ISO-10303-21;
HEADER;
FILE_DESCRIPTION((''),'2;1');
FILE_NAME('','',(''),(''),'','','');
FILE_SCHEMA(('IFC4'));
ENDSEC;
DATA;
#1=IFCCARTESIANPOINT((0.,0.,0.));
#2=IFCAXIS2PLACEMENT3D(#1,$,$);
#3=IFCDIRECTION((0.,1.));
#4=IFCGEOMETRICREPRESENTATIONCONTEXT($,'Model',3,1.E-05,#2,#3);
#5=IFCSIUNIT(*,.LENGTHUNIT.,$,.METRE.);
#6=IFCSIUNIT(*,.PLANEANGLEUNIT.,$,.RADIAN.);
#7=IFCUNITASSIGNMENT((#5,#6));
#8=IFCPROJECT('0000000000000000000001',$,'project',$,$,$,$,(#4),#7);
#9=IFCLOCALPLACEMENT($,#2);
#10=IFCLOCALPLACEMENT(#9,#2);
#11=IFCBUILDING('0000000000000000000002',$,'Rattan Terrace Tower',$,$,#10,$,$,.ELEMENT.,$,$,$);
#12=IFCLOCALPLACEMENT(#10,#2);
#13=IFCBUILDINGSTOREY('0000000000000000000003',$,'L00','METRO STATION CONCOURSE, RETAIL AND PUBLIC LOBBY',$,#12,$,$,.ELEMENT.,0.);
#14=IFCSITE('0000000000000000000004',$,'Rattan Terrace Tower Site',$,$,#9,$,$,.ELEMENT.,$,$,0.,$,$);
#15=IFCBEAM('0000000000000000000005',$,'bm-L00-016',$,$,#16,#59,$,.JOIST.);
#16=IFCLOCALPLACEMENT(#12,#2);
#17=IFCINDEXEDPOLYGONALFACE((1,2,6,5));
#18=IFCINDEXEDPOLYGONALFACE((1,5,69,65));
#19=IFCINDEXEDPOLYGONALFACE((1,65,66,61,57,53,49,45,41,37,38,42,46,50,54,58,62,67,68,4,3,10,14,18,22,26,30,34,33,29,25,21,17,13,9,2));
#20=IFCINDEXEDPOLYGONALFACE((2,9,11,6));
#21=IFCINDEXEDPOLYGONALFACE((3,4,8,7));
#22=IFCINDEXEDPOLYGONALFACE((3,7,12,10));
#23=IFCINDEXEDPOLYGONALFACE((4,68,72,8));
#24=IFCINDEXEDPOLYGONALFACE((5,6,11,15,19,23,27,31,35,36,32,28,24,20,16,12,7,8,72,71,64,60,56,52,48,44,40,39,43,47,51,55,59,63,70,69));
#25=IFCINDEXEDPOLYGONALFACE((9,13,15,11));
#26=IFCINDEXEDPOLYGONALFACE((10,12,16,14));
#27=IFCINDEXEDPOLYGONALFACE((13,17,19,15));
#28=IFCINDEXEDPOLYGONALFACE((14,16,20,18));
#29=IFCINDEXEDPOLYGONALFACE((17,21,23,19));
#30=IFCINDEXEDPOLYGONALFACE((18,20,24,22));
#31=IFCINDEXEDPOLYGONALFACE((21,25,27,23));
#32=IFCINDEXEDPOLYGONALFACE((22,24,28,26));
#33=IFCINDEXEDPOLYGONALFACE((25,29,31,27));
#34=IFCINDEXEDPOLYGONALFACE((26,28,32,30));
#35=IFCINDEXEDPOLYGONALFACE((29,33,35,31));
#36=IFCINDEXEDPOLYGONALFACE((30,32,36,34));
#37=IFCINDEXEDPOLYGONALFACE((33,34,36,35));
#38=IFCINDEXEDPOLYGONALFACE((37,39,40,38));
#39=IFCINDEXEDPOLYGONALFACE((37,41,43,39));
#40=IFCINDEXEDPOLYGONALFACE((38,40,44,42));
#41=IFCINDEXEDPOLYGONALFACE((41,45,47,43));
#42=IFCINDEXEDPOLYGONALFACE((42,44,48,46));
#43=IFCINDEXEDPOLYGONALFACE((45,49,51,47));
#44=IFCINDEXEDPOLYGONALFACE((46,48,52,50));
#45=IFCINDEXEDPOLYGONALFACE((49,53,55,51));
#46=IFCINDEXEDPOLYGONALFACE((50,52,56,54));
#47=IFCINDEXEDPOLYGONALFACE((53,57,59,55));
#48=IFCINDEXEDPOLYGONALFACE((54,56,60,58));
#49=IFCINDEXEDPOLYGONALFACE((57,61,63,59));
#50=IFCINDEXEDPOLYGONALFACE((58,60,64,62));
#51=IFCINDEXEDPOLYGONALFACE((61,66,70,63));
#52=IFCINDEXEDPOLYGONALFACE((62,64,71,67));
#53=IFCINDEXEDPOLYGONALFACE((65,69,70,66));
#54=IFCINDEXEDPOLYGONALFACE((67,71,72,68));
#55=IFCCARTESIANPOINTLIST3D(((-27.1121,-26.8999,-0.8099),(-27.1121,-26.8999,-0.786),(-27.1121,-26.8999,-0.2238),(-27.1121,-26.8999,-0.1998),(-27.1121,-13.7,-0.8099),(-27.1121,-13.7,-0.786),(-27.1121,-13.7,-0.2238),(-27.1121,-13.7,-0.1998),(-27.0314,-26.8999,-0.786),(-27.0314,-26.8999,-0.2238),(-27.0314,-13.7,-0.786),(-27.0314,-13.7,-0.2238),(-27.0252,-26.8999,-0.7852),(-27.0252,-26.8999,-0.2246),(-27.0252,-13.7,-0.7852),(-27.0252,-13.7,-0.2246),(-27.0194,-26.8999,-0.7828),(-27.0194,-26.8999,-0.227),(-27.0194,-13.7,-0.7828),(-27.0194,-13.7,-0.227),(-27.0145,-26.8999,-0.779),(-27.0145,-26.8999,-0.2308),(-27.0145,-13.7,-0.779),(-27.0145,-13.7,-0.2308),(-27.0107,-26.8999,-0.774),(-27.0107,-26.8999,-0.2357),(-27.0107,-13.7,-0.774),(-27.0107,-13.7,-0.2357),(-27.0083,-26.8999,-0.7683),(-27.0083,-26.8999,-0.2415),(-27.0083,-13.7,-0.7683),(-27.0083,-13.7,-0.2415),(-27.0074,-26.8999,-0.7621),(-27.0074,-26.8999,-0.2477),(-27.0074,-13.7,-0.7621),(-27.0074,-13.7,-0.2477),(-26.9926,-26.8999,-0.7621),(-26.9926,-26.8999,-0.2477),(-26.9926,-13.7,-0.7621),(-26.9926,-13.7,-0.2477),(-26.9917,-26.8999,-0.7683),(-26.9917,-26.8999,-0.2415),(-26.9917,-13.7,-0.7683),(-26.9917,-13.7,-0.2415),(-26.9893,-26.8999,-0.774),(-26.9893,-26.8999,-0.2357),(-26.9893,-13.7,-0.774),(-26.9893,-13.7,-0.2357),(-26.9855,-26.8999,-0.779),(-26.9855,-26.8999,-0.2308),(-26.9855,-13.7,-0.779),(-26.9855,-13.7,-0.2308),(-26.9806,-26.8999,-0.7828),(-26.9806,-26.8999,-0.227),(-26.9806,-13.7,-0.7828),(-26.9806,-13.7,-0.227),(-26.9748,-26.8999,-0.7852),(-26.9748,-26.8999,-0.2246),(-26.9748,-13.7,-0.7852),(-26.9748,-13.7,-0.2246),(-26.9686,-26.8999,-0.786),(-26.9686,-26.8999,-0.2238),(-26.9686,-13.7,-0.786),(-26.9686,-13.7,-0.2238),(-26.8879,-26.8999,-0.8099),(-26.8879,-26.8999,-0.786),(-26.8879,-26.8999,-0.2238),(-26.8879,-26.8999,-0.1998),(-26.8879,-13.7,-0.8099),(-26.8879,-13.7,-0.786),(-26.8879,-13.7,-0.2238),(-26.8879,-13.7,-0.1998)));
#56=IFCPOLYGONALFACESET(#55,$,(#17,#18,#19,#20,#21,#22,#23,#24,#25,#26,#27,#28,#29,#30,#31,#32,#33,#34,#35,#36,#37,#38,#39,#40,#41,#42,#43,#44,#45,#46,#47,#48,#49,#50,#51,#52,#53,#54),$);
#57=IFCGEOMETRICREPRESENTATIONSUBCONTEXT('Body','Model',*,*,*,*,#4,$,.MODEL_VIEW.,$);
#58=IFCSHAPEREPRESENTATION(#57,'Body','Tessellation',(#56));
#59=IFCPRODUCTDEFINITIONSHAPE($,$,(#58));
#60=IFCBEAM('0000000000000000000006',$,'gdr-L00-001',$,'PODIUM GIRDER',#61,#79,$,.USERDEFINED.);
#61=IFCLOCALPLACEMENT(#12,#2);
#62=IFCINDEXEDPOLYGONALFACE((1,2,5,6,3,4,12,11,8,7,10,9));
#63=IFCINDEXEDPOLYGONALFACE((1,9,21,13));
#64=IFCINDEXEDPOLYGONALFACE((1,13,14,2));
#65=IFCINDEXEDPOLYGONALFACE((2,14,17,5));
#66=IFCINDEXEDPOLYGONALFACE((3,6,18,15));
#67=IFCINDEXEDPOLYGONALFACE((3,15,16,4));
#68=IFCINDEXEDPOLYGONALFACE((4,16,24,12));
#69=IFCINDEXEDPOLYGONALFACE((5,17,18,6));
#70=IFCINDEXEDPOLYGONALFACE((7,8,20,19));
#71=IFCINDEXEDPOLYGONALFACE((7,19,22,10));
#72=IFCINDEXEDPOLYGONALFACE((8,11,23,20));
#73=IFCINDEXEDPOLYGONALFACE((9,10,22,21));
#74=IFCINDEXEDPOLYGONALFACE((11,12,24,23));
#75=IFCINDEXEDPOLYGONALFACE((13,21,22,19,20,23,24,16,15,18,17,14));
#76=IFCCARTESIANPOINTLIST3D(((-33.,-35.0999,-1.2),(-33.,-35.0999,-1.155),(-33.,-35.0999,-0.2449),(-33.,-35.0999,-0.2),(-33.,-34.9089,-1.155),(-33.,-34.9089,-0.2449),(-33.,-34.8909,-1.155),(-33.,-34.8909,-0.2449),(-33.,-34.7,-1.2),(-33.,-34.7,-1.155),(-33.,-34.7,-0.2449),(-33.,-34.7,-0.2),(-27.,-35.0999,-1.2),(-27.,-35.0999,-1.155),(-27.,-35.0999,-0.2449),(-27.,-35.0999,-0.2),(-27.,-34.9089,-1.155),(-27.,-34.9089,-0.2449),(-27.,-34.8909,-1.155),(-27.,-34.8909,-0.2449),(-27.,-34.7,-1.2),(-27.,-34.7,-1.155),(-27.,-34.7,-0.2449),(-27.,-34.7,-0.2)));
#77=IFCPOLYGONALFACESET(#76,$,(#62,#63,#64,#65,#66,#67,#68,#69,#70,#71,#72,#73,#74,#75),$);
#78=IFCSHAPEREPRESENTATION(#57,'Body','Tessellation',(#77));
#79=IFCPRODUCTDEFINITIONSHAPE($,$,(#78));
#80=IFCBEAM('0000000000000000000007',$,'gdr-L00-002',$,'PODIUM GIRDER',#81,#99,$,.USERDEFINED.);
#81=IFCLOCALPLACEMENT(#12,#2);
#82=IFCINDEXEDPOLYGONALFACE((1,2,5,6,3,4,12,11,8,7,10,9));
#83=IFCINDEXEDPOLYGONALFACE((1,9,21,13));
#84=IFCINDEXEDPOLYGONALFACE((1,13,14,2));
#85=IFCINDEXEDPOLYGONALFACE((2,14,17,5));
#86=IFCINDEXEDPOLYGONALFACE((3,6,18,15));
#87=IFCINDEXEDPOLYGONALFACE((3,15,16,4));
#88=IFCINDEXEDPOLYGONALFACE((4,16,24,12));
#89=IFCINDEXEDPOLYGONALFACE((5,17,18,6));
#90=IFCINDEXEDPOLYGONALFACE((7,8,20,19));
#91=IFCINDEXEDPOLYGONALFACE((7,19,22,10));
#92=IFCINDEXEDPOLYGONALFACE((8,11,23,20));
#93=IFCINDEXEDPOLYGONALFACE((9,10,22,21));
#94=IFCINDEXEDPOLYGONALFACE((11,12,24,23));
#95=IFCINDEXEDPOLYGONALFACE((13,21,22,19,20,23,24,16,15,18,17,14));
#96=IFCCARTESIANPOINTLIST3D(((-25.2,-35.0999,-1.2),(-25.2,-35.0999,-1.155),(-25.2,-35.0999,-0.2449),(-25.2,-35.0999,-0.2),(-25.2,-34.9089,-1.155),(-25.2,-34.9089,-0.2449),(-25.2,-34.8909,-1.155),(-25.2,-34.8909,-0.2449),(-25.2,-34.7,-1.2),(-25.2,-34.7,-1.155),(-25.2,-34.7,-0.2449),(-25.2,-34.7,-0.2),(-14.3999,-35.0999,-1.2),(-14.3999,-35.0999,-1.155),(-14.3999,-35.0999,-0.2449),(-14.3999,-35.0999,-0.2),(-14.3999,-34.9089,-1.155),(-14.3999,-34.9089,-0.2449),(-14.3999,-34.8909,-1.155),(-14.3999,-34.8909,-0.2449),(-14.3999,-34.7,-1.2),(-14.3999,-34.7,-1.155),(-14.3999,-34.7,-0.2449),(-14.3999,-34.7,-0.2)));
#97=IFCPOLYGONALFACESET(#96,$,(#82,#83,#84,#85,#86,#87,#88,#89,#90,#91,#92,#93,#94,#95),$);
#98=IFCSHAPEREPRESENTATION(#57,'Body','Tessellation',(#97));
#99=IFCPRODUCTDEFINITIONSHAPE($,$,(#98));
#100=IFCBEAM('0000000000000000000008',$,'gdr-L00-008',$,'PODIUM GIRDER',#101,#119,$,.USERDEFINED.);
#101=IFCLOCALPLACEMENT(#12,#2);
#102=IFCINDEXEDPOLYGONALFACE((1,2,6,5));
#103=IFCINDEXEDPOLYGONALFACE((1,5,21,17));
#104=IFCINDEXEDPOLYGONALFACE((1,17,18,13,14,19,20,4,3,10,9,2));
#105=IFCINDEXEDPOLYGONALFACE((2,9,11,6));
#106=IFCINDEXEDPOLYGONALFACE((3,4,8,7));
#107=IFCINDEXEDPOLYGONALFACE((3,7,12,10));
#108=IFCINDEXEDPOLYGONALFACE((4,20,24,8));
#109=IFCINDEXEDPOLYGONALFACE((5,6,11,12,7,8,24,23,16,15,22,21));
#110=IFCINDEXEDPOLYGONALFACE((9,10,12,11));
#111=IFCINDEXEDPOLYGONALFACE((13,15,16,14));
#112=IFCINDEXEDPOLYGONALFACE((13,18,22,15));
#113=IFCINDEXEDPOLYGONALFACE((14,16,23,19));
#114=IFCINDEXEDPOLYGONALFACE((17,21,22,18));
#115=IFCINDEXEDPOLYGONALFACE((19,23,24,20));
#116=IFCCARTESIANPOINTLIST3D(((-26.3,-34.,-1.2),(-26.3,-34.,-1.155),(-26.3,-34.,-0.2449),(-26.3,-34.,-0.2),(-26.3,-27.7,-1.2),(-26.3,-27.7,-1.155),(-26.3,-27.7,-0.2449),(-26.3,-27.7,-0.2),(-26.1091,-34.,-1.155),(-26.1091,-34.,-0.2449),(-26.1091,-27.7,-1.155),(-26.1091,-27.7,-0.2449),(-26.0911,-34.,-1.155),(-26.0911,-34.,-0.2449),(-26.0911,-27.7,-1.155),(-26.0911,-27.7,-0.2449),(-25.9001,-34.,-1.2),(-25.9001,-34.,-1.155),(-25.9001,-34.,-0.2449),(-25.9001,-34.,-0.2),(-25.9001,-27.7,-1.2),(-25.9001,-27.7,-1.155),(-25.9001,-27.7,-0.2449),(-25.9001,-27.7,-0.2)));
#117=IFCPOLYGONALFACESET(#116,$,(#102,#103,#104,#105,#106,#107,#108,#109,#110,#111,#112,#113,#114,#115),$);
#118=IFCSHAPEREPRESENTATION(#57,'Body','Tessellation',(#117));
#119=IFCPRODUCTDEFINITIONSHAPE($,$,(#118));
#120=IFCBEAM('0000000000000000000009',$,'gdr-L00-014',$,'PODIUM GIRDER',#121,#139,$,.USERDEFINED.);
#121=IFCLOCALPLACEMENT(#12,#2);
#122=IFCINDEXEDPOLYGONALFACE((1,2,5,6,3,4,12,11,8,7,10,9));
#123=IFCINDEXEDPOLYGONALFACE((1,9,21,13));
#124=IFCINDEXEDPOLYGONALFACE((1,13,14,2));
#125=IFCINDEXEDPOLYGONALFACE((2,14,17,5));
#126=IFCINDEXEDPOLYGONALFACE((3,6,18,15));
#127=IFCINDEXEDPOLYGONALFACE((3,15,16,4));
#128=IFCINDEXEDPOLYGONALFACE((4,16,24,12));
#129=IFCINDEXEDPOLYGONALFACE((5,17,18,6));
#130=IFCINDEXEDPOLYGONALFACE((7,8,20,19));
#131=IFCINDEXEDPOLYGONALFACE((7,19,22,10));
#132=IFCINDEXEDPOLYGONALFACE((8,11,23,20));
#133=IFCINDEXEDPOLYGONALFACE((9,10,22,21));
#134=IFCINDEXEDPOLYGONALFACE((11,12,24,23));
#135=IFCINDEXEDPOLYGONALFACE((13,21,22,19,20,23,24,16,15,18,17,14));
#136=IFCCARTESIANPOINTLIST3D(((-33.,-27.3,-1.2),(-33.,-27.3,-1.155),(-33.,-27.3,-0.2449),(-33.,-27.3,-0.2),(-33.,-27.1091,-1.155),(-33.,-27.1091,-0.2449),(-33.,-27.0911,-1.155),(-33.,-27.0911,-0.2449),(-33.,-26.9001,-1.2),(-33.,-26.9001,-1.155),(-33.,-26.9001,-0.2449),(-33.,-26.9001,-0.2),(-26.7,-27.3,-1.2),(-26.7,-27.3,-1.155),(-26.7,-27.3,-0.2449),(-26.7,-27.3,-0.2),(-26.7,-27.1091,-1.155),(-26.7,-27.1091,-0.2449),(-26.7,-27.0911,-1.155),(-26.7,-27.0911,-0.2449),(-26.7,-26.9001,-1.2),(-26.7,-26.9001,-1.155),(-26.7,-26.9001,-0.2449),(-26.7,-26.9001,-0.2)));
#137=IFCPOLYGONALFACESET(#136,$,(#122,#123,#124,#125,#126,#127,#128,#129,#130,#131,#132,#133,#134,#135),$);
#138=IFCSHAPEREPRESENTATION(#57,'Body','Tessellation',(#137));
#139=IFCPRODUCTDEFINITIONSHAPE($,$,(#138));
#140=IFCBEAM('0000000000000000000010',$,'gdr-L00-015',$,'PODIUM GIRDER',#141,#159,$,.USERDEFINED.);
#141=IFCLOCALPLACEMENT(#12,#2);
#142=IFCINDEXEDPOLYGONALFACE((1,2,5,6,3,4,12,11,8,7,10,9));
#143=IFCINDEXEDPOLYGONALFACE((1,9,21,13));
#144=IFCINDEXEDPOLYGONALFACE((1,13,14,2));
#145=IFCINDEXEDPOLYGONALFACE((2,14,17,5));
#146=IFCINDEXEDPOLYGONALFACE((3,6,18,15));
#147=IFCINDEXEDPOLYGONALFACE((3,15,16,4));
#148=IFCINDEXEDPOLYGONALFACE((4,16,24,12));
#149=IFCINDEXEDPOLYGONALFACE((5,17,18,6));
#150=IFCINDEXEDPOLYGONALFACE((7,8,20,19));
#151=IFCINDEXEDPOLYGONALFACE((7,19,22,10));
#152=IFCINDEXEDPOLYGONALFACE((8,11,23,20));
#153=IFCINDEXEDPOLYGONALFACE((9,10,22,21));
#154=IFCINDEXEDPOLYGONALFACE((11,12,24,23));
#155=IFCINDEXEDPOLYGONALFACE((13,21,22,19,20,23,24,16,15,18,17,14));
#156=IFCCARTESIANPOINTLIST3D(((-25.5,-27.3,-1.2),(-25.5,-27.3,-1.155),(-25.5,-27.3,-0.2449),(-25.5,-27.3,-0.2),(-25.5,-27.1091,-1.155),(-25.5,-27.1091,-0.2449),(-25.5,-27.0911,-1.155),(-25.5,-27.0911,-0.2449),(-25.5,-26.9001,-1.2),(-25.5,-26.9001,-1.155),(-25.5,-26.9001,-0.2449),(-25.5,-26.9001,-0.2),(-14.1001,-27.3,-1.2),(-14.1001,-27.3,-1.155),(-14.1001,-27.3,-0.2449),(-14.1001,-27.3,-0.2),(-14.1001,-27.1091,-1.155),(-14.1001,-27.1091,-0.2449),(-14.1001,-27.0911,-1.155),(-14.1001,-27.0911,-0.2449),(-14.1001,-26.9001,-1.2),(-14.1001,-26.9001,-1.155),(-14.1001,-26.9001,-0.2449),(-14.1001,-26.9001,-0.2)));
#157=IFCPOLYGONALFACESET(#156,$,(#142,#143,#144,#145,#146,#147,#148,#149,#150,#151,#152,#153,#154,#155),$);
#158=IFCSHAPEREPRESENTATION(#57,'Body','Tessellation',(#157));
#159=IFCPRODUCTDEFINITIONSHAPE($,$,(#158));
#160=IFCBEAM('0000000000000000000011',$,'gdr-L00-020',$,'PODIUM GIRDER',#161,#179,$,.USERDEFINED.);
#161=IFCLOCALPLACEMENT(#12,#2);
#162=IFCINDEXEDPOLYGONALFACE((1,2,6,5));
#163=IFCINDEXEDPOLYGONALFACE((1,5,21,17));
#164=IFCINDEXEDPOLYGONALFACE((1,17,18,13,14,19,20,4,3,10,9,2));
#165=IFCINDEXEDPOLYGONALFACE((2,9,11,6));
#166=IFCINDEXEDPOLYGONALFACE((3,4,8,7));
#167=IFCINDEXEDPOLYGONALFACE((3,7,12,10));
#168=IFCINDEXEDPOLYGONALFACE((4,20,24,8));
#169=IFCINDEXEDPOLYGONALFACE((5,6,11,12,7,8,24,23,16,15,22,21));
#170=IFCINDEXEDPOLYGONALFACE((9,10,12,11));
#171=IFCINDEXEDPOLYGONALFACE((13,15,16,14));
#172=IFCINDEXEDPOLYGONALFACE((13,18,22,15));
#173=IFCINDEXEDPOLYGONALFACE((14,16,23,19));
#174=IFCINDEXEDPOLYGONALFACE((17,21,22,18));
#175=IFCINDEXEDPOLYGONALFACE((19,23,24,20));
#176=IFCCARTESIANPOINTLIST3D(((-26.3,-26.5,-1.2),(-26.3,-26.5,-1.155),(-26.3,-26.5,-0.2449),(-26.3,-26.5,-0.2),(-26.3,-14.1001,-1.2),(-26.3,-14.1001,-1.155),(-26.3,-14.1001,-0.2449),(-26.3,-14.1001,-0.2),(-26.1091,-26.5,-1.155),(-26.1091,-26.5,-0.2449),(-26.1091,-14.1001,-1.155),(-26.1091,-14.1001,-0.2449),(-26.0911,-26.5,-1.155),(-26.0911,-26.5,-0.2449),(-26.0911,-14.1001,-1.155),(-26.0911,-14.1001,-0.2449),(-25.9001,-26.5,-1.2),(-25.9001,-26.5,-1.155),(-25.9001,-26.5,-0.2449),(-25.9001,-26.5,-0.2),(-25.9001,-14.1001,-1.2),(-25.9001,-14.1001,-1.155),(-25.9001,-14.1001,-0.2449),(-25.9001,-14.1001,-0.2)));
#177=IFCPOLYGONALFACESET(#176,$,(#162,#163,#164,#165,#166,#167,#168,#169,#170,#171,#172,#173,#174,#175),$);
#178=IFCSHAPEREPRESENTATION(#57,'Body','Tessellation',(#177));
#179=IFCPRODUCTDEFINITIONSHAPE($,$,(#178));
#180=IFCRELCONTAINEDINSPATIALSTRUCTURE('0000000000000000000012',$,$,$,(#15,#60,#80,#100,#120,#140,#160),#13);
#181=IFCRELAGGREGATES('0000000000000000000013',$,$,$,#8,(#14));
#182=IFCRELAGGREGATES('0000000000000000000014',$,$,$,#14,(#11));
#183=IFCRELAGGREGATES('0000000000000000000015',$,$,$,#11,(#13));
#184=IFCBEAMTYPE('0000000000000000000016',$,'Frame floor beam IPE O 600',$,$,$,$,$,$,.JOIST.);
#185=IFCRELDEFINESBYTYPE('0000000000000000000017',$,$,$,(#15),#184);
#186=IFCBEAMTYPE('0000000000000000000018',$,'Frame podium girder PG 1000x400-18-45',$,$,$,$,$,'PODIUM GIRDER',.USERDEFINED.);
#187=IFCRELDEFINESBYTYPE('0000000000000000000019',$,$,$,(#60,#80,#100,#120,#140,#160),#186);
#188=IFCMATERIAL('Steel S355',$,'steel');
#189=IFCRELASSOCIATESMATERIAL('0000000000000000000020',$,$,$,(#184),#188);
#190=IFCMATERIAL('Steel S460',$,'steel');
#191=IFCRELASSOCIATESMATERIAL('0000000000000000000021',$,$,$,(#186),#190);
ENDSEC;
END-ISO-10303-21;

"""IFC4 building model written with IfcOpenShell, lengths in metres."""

from ifc_helpers import new_model, si_unit, direction, frame, origin, origin_2d, place, context, subcontext, project, spatial, i_section, extrude, material, material_profile, profile_set, type_object, element, save


model = new_model("IFC4")

# Units and contexts
model_context = context("Model", 3, precision=1e-05, world=origin(), true_north=direction((0.0, 1.0)))
body_context = subcontext(model_context, "Body", "Model", "MODEL_VIEW")
ifc_project = project(units=[si_unit("LENGTHUNIT", "METRE"), si_unit("PLANEANGLEUNIT", "RADIAN")], contexts=[model_context])

# Site, building, storey
site_placement = place(None, origin())
site = spatial("IfcSite", under=ifc_project, at=site_placement, Name="Rattan Terrace Tower Site", CompositionType="ELEMENT", RefElevation=0.0)
building_placement = place(site_placement, origin())
building = spatial("IfcBuilding", under=site, at=building_placement, Name="Rattan Terrace Tower", CompositionType="ELEMENT")
storey_placement = place(building_placement, origin())
storey = spatial("IfcBuildingStorey", under=building, at=storey_placement, Name="L00", Description="METRO STATION CONCOURSE, RETAIL AND PUBLIC LOBBY", CompositionType="ELEMENT", Elevation=0.0)

# Beams
ifc_material_1 = material(Name="Steel S355", Category="steel")
ifc_material_profile_1 = material_profile(ifc_material_1, i_section(OverallWidth=0.2241, OverallDepth=0.6101, WebThickness=0.0149, FlangeThickness=0.0239, FilletRadius=0.0239, at=origin_2d()), Name="IPE O 600")
ifc_profile_set_1 = profile_set([ifc_material_profile_1], Name="Steel S355")
beam_type_1 = type_object("IfcBeamType", Name="Frame floor beam IPE O 600", PredefinedType="JOIST", material=ifc_profile_set_1)
for number, where, z_axis, x_axis, name in (
    (1, (-27.0, -26.8999, -0.5049), (0.0, 1.0, 0.0), (-1.0, 0.0, 0.0), "bm-L00-016"),
):
    element("IfcBeam", number, at=place(storey_placement, frame(where, z_axis=z_axis, x_axis=x_axis)), inside=storey, type_object=beam_type_1, Name=name, PredefinedType="JOIST", context=body_context, shape_type="SweptSolid", body=[
        extrude(i_section(OverallWidth=0.2241, OverallDepth=0.6101, WebThickness=0.0149, FlangeThickness=0.0239, FilletRadius=0.0239, at=origin_2d()), origin(), (0.0, 0.0, 1.0), 13.2),
    ])
ifc_material_2 = material(Name="Steel S460", Category="steel")
ifc_material_profile_2 = material_profile(ifc_material_2, i_section(OverallWidth=0.3999, OverallDepth=1.0, WebThickness=0.0181, FlangeThickness=0.0449, at=origin_2d()), Name="PG 1000x400-18-45")
ifc_profile_set_2 = profile_set([ifc_material_profile_2], Name="Steel S460")
beam_type_2 = type_object("IfcBeamType", Name="Frame podium girder PG 1000x400-18-45", ElementType="PODIUM GIRDER", PredefinedType="USERDEFINED", material=ifc_profile_set_2)
beam_1_placement = place(storey_placement, frame((-33.0, -34.8999, -0.7), z_axis=(1.0, 0.0, 0.0), x_axis=(0.0, 1.0, 0.0)))
element("IfcBeam", 2, at=beam_1_placement, inside=storey, type_object=beam_type_2, Name="gdr-L00-001", ObjectType="PODIUM GIRDER", PredefinedType="USERDEFINED", context=body_context, shape_type="SweptSolid", body=[
    extrude(i_section(OverallWidth=0.3999, OverallDepth=1.0, WebThickness=0.0181, FlangeThickness=0.0449, at=origin_2d()), origin(), (0.0, 0.0, 1.0), 6.0),
])
beam_2_placement = place(storey_placement, frame((-25.2, -34.8999, -0.7), z_axis=(1.0, 0.0, 0.0), x_axis=(0.0, 1.0, 0.0)))
element("IfcBeam", 3, at=beam_2_placement, inside=storey, type_object=beam_type_2, Name="gdr-L00-002", ObjectType="PODIUM GIRDER", PredefinedType="USERDEFINED", context=body_context, shape_type="SweptSolid", body=[
    extrude(i_section(OverallWidth=0.3999, OverallDepth=1.0, WebThickness=0.0181, FlangeThickness=0.0449, at=origin_2d()), origin(), (0.0, 0.0, 1.0), 10.8),
])
for number, where, z_axis, x_axis, name in (
    (4, (-26.1001, -34.0, -0.7), (0.0, 1.0, 0.0), (-1.0, 0.0, 0.0), "gdr-L00-008"),
    (5, (-33.0, -27.1001, -0.7), (1.0, 0.0, 0.0), (0.0, 1.0, 0.0), "gdr-L00-014"),
):
    element("IfcBeam", number, at=place(storey_placement, frame(where, z_axis=z_axis, x_axis=x_axis)), inside=storey, type_object=beam_type_2, Name=name, ObjectType="PODIUM GIRDER", PredefinedType="USERDEFINED", context=body_context, shape_type="SweptSolid", body=[
        extrude(i_section(OverallWidth=0.3999, OverallDepth=1.0, WebThickness=0.0181, FlangeThickness=0.0449, at=origin_2d()), origin(), (0.0, 0.0, 1.0), 6.3),
    ])
beam_3_placement = place(storey_placement, frame((-25.5, -27.1001, -0.7), z_axis=(1.0, 0.0, 0.0), x_axis=(0.0, 1.0, 0.0)))
element("IfcBeam", 6, at=beam_3_placement, inside=storey, type_object=beam_type_2, Name="gdr-L00-015", ObjectType="PODIUM GIRDER", PredefinedType="USERDEFINED", context=body_context, shape_type="SweptSolid", body=[
    extrude(i_section(OverallWidth=0.3999, OverallDepth=1.0, WebThickness=0.0181, FlangeThickness=0.0449, at=origin_2d()), origin(), (0.0, 0.0, 1.0), 11.3999),
])
beam_4_placement = place(storey_placement, frame((-26.1001, -26.5, -0.7), z_axis=(0.0, 1.0, 0.0), x_axis=(-1.0, 0.0, 0.0)))
element("IfcBeam", 7, at=beam_4_placement, inside=storey, type_object=beam_type_2, Name="gdr-L00-020", ObjectType="PODIUM GIRDER", PredefinedType="USERDEFINED", context=body_context, shape_type="SweptSolid", body=[
    extrude(i_section(OverallWidth=0.3999, OverallDepth=1.0, WebThickness=0.0181, FlangeThickness=0.0449, at=origin_2d()), origin(), (0.0, 0.0, 1.0), 12.3999),
])

save(model, "model.ifc")
